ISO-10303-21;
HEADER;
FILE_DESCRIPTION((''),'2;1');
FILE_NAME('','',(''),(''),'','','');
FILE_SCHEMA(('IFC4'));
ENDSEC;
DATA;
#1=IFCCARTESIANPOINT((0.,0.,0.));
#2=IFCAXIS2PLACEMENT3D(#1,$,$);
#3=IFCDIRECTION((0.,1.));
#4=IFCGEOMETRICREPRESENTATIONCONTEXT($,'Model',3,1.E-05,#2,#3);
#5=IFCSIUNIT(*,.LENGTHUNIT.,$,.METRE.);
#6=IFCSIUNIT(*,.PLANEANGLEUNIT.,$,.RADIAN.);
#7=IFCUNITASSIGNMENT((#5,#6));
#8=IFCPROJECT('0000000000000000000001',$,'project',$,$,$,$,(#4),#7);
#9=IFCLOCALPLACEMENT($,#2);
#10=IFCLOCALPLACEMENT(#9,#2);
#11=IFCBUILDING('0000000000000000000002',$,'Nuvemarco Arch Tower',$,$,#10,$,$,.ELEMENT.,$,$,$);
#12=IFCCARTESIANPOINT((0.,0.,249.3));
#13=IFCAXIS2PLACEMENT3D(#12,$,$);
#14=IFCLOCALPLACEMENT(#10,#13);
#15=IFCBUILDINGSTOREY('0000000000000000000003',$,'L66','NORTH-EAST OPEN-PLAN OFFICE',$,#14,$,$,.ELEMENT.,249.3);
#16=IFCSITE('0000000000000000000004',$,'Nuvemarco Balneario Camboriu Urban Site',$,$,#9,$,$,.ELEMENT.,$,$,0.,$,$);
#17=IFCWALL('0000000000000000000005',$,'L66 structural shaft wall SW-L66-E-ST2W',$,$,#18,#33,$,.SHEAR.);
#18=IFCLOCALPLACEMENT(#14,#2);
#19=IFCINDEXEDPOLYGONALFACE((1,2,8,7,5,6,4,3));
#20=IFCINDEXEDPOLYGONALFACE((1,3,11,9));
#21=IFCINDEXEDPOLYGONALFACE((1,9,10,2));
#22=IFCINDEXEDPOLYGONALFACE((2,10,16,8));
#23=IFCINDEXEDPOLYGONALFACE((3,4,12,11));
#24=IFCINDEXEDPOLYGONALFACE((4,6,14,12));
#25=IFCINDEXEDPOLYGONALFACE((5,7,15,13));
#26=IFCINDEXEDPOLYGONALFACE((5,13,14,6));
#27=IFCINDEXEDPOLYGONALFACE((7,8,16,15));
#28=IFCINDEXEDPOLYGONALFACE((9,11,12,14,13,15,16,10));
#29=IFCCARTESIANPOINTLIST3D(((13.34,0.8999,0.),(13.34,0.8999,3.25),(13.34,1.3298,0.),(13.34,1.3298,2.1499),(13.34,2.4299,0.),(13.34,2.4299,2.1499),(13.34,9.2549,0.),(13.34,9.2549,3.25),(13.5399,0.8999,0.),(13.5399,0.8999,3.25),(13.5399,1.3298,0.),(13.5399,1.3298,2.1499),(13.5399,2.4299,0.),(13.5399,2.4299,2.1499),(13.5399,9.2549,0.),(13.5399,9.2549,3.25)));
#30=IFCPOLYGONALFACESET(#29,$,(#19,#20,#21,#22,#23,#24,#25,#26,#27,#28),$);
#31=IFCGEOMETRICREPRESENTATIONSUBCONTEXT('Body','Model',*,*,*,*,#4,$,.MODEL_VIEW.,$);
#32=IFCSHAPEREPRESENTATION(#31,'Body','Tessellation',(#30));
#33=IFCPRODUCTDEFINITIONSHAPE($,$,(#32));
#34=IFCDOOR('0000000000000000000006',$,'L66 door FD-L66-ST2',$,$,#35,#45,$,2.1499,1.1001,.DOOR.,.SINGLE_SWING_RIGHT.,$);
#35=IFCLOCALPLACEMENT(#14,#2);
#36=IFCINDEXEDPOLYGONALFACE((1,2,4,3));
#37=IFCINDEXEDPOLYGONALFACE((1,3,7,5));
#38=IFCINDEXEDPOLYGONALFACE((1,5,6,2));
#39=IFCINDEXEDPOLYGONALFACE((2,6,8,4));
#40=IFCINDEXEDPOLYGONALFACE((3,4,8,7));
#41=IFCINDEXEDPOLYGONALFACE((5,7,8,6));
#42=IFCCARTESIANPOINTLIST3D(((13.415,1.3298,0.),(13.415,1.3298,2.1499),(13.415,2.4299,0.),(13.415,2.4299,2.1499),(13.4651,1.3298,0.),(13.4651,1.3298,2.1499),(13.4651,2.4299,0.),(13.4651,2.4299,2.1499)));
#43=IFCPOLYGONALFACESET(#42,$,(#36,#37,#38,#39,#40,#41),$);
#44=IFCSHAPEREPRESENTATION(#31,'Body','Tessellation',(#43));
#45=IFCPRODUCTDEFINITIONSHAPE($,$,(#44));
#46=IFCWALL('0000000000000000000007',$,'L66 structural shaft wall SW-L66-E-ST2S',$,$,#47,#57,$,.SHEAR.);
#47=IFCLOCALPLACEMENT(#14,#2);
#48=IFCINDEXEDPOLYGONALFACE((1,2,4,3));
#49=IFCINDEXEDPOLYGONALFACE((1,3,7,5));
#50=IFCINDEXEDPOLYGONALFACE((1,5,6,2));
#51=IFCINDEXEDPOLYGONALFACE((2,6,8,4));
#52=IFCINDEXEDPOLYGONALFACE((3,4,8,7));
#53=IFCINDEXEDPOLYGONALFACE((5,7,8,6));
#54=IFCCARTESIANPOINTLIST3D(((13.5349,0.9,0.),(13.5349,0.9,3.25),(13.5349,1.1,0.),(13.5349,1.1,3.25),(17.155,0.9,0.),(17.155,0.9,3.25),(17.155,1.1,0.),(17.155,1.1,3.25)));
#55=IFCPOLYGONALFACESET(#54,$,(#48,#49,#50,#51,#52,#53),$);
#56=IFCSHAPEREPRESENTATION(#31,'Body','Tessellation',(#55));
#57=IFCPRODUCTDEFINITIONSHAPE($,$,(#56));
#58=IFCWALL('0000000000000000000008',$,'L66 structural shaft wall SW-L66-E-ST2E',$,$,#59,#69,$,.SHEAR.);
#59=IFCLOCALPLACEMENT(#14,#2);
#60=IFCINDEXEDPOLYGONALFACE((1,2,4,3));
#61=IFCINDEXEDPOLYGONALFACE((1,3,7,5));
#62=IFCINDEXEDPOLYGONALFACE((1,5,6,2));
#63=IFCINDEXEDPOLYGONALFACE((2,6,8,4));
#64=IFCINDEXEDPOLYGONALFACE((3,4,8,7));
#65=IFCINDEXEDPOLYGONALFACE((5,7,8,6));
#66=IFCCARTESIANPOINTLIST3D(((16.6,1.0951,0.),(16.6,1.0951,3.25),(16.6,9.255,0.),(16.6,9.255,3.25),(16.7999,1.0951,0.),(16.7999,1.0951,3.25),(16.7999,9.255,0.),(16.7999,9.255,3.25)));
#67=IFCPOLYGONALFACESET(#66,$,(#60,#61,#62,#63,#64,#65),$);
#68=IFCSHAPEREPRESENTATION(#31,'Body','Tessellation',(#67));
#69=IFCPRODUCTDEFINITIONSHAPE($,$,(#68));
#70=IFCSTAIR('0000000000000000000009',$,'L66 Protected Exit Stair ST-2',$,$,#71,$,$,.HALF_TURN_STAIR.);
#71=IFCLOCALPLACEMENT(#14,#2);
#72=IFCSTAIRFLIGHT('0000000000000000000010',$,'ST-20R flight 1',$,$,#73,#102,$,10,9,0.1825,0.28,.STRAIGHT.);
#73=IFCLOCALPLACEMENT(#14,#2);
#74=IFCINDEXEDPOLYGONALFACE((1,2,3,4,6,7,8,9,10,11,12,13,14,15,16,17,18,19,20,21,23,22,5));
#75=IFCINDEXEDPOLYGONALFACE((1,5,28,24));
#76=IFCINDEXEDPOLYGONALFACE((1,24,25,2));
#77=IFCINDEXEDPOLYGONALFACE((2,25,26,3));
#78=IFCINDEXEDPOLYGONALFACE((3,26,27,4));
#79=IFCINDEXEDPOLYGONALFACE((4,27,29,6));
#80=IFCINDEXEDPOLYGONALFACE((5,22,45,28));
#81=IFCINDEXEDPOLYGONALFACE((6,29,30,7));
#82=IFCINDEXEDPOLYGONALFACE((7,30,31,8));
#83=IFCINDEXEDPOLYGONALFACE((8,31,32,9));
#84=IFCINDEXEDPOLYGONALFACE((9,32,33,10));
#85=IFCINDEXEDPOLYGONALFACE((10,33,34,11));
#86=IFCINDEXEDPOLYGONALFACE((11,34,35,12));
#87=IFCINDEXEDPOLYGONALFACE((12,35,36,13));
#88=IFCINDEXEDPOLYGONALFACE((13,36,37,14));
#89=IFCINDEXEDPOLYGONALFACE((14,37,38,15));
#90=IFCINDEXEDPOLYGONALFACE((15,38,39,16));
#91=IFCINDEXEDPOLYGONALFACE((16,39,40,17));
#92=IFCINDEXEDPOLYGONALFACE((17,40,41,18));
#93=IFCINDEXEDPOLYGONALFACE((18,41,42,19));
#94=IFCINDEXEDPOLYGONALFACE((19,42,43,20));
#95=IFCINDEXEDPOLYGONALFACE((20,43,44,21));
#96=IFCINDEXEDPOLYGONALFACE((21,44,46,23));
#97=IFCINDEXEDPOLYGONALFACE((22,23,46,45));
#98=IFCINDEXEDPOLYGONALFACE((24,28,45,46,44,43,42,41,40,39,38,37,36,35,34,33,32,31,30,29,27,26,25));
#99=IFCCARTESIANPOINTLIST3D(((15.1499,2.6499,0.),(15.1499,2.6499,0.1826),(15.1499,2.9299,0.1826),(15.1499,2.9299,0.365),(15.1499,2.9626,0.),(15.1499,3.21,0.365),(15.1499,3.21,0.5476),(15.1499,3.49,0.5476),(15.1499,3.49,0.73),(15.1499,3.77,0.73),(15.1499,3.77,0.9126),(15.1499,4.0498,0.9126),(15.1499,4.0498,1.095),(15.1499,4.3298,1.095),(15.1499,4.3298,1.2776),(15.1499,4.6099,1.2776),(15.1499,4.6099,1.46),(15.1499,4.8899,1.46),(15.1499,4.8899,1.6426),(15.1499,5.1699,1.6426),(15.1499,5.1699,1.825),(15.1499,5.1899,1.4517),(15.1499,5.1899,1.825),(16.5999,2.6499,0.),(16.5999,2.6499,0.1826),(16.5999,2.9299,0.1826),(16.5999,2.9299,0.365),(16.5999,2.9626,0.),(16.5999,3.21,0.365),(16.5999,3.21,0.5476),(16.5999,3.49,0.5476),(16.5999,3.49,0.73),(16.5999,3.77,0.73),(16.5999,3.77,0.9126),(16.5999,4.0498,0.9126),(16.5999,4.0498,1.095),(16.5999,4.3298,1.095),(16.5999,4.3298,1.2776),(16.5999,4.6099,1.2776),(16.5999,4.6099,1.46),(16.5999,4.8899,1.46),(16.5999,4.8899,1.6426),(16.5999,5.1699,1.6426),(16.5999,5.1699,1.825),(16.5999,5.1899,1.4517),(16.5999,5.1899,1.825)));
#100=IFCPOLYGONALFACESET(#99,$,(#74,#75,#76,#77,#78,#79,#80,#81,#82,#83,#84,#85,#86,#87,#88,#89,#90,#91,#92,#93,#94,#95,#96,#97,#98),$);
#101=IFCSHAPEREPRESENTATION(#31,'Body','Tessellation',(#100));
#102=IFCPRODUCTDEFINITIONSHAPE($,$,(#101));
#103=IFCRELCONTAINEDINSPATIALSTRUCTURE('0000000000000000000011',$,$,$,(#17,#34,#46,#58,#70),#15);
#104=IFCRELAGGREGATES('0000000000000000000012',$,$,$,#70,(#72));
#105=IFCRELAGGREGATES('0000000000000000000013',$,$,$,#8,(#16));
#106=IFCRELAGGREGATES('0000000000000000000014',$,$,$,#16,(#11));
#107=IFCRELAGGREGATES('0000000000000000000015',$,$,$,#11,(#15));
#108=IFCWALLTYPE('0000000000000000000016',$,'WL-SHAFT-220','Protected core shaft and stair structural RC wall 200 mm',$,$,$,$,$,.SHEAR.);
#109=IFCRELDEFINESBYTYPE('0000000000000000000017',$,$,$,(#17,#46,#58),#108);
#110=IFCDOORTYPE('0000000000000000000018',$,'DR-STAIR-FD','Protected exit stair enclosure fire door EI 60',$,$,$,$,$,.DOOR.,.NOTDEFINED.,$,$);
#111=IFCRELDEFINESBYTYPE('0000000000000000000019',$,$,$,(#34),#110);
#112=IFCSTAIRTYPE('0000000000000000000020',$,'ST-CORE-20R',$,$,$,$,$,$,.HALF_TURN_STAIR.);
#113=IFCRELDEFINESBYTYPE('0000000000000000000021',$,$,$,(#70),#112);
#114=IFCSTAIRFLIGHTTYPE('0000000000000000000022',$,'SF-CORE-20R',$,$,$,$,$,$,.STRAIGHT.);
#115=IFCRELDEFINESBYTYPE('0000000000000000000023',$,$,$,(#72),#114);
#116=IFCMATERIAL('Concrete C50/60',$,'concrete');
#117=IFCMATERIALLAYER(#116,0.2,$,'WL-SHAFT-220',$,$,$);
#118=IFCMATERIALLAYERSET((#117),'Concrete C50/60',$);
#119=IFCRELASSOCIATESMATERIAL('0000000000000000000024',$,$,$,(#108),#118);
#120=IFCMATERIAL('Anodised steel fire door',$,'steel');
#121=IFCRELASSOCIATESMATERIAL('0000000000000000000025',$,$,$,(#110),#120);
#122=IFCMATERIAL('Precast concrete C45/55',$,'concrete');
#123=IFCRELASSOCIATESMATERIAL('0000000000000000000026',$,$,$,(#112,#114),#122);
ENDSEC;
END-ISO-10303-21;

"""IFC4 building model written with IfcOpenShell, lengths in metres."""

from ifc_helpers import new_model, si_unit, direction, frame, frame_2d, origin, place, context, subcontext, project, spatial, polyline, rectangle, outline, extrude, source, transform, mapped, material, layer, layer_set, type_object, type_shapes, element, fill, aggregate, save


model = new_model("IFC4")

# Units and contexts
model_context = context("Model", 3, precision=1e-05, world=origin(), true_north=direction((0.0, 1.0)))
body_context = subcontext(model_context, "Body", "Model", "MODEL_VIEW")
ifc_project = project(units=[si_unit("LENGTHUNIT", "METRE"), si_unit("PLANEANGLEUNIT", "RADIAN")], contexts=[model_context])

# Site, building, storey
site_placement = place(None, origin())
site = spatial("IfcSite", under=ifc_project, at=site_placement, Name="Nuvemarco Balneario Camboriu Urban Site", CompositionType="ELEMENT", RefElevation=0.0)
building_placement = place(site_placement, origin())
building = spatial("IfcBuilding", under=site, at=building_placement, Name="Nuvemarco Arch Tower", CompositionType="ELEMENT")
storey_placement = place(building_placement, frame((0.0, 0.0, 249.3)))
storey = spatial("IfcBuildingStorey", under=building, at=storey_placement, Name="L66", Description="NORTH-EAST OPEN-PLAN OFFICE", CompositionType="ELEMENT", Elevation=249.3)

# Shared definitions
ifc_material_1 = material(Name="Concrete C50/60", Category="concrete")

# Shared definitions
ifc_material_2 = material(Name="Precast concrete C45/55", Category="concrete")

# Shared definitions
ifc_material_3 = material(Name="Anodised steel fire door", Category="steel")

# Wall, opening, door
ifc_layer_1 = layer(ifc_material_1, 0.2, Name="WL-SHAFT-220")
ifc_layer_set_1 = layer_set([ifc_layer_1], Name="Concrete C50/60")
wall_type_1 = type_object("IfcWallType", Name="WL-SHAFT-220", Description="Protected core shaft and stair structural RC wall 200 mm", PredefinedType="SHEAR", material=ifc_layer_set_1)
wall_1_placement = place(storey_placement, frame((13.4399, 0.8999, 0.0), z_axis=(0.0, 0.0, 1.0), x_axis=(0.0, 1.0, 0.0)))
wall_1 = element("IfcWall", 1, at=wall_1_placement, inside=storey, type_object=wall_type_1, Name="L66 structural shaft wall SW-L66-E-ST2W", PredefinedType="SHEAR", context=body_context, shape_type="SweptSolid", body=[
    extrude(rectangle(XDim=8.355, YDim=0.2, at=frame_2d((4.1775, 0.0))), origin(), (0.0, 0.0, 1.0), 3.25),
])
opening_1_placement = place(wall_1_placement, frame((0.4299, 0.0, 0.0)))
opening_1 = element("IfcOpeningElement", 2, at=opening_1_placement, cuts=wall_1, PredefinedType="OPENING", context=body_context, shape_type="SweptSolid", body=[
    extrude(rectangle(XDim=1.1001, YDim=2.1499, at=frame_2d((0.55, 1.075))), frame((0.0, 0.1099, 0.0), z_axis=(0.0, -1.0, 0.0), x_axis=(1.0, 0.0, 0.0)), (0.0, 0.0, 1.0), 0.22),
])
door_type_1 = type_object("IfcDoorType", Name="DR-STAIR-FD", Description="Protected exit stair enclosure fire door EI 60", OperationType="NOTDEFINED", PredefinedType="DOOR", material=ifc_material_3)
shared_shape_1 = source(origin(), body_context, "Body", "SweptSolid", [
    extrude(rectangle(XDim=1.1001, YDim=2.1499, at=frame_2d((0.55, 1.075))), frame((0.0, 0.0249, 0.0), z_axis=(0.0, -1.0, 0.0), x_axis=(1.0, 0.0, 0.0)), (0.0, 0.0, 1.0), 0.05),
])
type_shapes(door_type_1, [shared_shape_1])
door_1_placement = place(opening_1_placement, origin())
door_1 = element("IfcDoor", 3, at=door_1_placement, inside=storey, type_object=door_type_1, Name="L66 door FD-L66-ST2", OperationType="SINGLE_SWING_RIGHT", OverallHeight=2.1499, OverallWidth=1.1001, PredefinedType="DOOR", context=body_context, shape_type="MappedRepresentation", body=[
    mapped(shared_shape_1, transform((0.0, 0.0, 0.0), scale=1.0)),
])
fill(opening_1, door_1)

# Walls
wall_2_placement = place(storey_placement, frame((13.5349, 1.0, 0.0), z_axis=(0.0, 0.0, 1.0), x_axis=(1.0, 0.0, 0.0)))
element("IfcWall", 4, at=wall_2_placement, inside=storey, type_object=wall_type_1, Name="L66 structural shaft wall SW-L66-E-ST2S", PredefinedType="SHEAR", context=body_context, shape_type="SweptSolid", body=[
    extrude(rectangle(XDim=3.6201, YDim=0.2, at=frame_2d((1.8101, 0.0))), origin(), (0.0, 0.0, 1.0), 3.25),
])
wall_3_placement = place(storey_placement, frame((16.7, 1.095, 0.0), z_axis=(0.0, 0.0, 1.0), x_axis=(0.0, 1.0, 0.0)))
element("IfcWall", 5, at=wall_3_placement, inside=storey, type_object=wall_type_1, Name="L66 structural shaft wall SW-L66-E-ST2E", PredefinedType="SHEAR", context=body_context, shape_type="SweptSolid", body=[
    extrude(rectangle(XDim=8.1599, YDim=0.2, at=frame_2d((4.0801, 0.0))), origin(), (0.0, 0.0, 1.0), 3.25),
])

# Stair, stair flight
stair_type = type_object("IfcStairType", Name="ST-CORE-20R", PredefinedType="HALF_TURN_STAIR", material=ifc_material_2)
stair_placement = place(storey_placement, origin())
stair = element("IfcStair", 6, at=stair_placement, inside=storey, type_object=stair_type, Name="L66 Protected Exit Stair ST-2", PredefinedType="HALF_TURN_STAIR")
stair_flight_type = type_object("IfcStairFlightType", Name="SF-CORE-20R", PredefinedType="STRAIGHT", material=ifc_material_2)
stair_flight_placement = place(storey_placement, frame((15.875, 2.6499, 0.0), z_axis=(0.0, 0.0, 1.0), x_axis=(0.0, 1.0, 0.0)))
stair_flight = element("IfcStairFlight", 7, at=stair_flight_placement, type_object=stair_flight_type, Name="ST-20R flight 1", NumberOfRisers=10, NumberOfTreads=9, PredefinedType="STRAIGHT", RiserHeight=0.1825, TreadLength=0.28, context=body_context, shape_type="SweptSolid", body=[
    extrude(outline(polyline([(0.0, 0.0), (0.0, 0.1826), (0.28, 0.1826), (0.28, 0.365), (0.5601, 0.365), (0.5601, 0.5476), (0.8401, 0.5476), (0.8401, 0.73), (1.1201, 0.73), (1.1201, 0.9126), (1.3999, 0.9126), (1.3999, 1.095), (1.6799, 1.095), (1.6799, 1.2776), (1.96, 1.2776), (1.96, 1.46), (2.24, 1.46), (2.24, 1.6426), (2.52, 1.6426), (2.52, 1.825), (2.54, 1.825), (2.54, 1.4517), (0.3127, 0.0), (0.0, 0.0)])), frame((0.0, 0.7251, 0.0), z_axis=(0.0, -1.0, 0.0), x_axis=(1.0, 0.0, 0.0)), (0.0, 0.0, 1.0), 1.45),
])
aggregate(stair, [stair_flight])

save(model, "model.ifc")
